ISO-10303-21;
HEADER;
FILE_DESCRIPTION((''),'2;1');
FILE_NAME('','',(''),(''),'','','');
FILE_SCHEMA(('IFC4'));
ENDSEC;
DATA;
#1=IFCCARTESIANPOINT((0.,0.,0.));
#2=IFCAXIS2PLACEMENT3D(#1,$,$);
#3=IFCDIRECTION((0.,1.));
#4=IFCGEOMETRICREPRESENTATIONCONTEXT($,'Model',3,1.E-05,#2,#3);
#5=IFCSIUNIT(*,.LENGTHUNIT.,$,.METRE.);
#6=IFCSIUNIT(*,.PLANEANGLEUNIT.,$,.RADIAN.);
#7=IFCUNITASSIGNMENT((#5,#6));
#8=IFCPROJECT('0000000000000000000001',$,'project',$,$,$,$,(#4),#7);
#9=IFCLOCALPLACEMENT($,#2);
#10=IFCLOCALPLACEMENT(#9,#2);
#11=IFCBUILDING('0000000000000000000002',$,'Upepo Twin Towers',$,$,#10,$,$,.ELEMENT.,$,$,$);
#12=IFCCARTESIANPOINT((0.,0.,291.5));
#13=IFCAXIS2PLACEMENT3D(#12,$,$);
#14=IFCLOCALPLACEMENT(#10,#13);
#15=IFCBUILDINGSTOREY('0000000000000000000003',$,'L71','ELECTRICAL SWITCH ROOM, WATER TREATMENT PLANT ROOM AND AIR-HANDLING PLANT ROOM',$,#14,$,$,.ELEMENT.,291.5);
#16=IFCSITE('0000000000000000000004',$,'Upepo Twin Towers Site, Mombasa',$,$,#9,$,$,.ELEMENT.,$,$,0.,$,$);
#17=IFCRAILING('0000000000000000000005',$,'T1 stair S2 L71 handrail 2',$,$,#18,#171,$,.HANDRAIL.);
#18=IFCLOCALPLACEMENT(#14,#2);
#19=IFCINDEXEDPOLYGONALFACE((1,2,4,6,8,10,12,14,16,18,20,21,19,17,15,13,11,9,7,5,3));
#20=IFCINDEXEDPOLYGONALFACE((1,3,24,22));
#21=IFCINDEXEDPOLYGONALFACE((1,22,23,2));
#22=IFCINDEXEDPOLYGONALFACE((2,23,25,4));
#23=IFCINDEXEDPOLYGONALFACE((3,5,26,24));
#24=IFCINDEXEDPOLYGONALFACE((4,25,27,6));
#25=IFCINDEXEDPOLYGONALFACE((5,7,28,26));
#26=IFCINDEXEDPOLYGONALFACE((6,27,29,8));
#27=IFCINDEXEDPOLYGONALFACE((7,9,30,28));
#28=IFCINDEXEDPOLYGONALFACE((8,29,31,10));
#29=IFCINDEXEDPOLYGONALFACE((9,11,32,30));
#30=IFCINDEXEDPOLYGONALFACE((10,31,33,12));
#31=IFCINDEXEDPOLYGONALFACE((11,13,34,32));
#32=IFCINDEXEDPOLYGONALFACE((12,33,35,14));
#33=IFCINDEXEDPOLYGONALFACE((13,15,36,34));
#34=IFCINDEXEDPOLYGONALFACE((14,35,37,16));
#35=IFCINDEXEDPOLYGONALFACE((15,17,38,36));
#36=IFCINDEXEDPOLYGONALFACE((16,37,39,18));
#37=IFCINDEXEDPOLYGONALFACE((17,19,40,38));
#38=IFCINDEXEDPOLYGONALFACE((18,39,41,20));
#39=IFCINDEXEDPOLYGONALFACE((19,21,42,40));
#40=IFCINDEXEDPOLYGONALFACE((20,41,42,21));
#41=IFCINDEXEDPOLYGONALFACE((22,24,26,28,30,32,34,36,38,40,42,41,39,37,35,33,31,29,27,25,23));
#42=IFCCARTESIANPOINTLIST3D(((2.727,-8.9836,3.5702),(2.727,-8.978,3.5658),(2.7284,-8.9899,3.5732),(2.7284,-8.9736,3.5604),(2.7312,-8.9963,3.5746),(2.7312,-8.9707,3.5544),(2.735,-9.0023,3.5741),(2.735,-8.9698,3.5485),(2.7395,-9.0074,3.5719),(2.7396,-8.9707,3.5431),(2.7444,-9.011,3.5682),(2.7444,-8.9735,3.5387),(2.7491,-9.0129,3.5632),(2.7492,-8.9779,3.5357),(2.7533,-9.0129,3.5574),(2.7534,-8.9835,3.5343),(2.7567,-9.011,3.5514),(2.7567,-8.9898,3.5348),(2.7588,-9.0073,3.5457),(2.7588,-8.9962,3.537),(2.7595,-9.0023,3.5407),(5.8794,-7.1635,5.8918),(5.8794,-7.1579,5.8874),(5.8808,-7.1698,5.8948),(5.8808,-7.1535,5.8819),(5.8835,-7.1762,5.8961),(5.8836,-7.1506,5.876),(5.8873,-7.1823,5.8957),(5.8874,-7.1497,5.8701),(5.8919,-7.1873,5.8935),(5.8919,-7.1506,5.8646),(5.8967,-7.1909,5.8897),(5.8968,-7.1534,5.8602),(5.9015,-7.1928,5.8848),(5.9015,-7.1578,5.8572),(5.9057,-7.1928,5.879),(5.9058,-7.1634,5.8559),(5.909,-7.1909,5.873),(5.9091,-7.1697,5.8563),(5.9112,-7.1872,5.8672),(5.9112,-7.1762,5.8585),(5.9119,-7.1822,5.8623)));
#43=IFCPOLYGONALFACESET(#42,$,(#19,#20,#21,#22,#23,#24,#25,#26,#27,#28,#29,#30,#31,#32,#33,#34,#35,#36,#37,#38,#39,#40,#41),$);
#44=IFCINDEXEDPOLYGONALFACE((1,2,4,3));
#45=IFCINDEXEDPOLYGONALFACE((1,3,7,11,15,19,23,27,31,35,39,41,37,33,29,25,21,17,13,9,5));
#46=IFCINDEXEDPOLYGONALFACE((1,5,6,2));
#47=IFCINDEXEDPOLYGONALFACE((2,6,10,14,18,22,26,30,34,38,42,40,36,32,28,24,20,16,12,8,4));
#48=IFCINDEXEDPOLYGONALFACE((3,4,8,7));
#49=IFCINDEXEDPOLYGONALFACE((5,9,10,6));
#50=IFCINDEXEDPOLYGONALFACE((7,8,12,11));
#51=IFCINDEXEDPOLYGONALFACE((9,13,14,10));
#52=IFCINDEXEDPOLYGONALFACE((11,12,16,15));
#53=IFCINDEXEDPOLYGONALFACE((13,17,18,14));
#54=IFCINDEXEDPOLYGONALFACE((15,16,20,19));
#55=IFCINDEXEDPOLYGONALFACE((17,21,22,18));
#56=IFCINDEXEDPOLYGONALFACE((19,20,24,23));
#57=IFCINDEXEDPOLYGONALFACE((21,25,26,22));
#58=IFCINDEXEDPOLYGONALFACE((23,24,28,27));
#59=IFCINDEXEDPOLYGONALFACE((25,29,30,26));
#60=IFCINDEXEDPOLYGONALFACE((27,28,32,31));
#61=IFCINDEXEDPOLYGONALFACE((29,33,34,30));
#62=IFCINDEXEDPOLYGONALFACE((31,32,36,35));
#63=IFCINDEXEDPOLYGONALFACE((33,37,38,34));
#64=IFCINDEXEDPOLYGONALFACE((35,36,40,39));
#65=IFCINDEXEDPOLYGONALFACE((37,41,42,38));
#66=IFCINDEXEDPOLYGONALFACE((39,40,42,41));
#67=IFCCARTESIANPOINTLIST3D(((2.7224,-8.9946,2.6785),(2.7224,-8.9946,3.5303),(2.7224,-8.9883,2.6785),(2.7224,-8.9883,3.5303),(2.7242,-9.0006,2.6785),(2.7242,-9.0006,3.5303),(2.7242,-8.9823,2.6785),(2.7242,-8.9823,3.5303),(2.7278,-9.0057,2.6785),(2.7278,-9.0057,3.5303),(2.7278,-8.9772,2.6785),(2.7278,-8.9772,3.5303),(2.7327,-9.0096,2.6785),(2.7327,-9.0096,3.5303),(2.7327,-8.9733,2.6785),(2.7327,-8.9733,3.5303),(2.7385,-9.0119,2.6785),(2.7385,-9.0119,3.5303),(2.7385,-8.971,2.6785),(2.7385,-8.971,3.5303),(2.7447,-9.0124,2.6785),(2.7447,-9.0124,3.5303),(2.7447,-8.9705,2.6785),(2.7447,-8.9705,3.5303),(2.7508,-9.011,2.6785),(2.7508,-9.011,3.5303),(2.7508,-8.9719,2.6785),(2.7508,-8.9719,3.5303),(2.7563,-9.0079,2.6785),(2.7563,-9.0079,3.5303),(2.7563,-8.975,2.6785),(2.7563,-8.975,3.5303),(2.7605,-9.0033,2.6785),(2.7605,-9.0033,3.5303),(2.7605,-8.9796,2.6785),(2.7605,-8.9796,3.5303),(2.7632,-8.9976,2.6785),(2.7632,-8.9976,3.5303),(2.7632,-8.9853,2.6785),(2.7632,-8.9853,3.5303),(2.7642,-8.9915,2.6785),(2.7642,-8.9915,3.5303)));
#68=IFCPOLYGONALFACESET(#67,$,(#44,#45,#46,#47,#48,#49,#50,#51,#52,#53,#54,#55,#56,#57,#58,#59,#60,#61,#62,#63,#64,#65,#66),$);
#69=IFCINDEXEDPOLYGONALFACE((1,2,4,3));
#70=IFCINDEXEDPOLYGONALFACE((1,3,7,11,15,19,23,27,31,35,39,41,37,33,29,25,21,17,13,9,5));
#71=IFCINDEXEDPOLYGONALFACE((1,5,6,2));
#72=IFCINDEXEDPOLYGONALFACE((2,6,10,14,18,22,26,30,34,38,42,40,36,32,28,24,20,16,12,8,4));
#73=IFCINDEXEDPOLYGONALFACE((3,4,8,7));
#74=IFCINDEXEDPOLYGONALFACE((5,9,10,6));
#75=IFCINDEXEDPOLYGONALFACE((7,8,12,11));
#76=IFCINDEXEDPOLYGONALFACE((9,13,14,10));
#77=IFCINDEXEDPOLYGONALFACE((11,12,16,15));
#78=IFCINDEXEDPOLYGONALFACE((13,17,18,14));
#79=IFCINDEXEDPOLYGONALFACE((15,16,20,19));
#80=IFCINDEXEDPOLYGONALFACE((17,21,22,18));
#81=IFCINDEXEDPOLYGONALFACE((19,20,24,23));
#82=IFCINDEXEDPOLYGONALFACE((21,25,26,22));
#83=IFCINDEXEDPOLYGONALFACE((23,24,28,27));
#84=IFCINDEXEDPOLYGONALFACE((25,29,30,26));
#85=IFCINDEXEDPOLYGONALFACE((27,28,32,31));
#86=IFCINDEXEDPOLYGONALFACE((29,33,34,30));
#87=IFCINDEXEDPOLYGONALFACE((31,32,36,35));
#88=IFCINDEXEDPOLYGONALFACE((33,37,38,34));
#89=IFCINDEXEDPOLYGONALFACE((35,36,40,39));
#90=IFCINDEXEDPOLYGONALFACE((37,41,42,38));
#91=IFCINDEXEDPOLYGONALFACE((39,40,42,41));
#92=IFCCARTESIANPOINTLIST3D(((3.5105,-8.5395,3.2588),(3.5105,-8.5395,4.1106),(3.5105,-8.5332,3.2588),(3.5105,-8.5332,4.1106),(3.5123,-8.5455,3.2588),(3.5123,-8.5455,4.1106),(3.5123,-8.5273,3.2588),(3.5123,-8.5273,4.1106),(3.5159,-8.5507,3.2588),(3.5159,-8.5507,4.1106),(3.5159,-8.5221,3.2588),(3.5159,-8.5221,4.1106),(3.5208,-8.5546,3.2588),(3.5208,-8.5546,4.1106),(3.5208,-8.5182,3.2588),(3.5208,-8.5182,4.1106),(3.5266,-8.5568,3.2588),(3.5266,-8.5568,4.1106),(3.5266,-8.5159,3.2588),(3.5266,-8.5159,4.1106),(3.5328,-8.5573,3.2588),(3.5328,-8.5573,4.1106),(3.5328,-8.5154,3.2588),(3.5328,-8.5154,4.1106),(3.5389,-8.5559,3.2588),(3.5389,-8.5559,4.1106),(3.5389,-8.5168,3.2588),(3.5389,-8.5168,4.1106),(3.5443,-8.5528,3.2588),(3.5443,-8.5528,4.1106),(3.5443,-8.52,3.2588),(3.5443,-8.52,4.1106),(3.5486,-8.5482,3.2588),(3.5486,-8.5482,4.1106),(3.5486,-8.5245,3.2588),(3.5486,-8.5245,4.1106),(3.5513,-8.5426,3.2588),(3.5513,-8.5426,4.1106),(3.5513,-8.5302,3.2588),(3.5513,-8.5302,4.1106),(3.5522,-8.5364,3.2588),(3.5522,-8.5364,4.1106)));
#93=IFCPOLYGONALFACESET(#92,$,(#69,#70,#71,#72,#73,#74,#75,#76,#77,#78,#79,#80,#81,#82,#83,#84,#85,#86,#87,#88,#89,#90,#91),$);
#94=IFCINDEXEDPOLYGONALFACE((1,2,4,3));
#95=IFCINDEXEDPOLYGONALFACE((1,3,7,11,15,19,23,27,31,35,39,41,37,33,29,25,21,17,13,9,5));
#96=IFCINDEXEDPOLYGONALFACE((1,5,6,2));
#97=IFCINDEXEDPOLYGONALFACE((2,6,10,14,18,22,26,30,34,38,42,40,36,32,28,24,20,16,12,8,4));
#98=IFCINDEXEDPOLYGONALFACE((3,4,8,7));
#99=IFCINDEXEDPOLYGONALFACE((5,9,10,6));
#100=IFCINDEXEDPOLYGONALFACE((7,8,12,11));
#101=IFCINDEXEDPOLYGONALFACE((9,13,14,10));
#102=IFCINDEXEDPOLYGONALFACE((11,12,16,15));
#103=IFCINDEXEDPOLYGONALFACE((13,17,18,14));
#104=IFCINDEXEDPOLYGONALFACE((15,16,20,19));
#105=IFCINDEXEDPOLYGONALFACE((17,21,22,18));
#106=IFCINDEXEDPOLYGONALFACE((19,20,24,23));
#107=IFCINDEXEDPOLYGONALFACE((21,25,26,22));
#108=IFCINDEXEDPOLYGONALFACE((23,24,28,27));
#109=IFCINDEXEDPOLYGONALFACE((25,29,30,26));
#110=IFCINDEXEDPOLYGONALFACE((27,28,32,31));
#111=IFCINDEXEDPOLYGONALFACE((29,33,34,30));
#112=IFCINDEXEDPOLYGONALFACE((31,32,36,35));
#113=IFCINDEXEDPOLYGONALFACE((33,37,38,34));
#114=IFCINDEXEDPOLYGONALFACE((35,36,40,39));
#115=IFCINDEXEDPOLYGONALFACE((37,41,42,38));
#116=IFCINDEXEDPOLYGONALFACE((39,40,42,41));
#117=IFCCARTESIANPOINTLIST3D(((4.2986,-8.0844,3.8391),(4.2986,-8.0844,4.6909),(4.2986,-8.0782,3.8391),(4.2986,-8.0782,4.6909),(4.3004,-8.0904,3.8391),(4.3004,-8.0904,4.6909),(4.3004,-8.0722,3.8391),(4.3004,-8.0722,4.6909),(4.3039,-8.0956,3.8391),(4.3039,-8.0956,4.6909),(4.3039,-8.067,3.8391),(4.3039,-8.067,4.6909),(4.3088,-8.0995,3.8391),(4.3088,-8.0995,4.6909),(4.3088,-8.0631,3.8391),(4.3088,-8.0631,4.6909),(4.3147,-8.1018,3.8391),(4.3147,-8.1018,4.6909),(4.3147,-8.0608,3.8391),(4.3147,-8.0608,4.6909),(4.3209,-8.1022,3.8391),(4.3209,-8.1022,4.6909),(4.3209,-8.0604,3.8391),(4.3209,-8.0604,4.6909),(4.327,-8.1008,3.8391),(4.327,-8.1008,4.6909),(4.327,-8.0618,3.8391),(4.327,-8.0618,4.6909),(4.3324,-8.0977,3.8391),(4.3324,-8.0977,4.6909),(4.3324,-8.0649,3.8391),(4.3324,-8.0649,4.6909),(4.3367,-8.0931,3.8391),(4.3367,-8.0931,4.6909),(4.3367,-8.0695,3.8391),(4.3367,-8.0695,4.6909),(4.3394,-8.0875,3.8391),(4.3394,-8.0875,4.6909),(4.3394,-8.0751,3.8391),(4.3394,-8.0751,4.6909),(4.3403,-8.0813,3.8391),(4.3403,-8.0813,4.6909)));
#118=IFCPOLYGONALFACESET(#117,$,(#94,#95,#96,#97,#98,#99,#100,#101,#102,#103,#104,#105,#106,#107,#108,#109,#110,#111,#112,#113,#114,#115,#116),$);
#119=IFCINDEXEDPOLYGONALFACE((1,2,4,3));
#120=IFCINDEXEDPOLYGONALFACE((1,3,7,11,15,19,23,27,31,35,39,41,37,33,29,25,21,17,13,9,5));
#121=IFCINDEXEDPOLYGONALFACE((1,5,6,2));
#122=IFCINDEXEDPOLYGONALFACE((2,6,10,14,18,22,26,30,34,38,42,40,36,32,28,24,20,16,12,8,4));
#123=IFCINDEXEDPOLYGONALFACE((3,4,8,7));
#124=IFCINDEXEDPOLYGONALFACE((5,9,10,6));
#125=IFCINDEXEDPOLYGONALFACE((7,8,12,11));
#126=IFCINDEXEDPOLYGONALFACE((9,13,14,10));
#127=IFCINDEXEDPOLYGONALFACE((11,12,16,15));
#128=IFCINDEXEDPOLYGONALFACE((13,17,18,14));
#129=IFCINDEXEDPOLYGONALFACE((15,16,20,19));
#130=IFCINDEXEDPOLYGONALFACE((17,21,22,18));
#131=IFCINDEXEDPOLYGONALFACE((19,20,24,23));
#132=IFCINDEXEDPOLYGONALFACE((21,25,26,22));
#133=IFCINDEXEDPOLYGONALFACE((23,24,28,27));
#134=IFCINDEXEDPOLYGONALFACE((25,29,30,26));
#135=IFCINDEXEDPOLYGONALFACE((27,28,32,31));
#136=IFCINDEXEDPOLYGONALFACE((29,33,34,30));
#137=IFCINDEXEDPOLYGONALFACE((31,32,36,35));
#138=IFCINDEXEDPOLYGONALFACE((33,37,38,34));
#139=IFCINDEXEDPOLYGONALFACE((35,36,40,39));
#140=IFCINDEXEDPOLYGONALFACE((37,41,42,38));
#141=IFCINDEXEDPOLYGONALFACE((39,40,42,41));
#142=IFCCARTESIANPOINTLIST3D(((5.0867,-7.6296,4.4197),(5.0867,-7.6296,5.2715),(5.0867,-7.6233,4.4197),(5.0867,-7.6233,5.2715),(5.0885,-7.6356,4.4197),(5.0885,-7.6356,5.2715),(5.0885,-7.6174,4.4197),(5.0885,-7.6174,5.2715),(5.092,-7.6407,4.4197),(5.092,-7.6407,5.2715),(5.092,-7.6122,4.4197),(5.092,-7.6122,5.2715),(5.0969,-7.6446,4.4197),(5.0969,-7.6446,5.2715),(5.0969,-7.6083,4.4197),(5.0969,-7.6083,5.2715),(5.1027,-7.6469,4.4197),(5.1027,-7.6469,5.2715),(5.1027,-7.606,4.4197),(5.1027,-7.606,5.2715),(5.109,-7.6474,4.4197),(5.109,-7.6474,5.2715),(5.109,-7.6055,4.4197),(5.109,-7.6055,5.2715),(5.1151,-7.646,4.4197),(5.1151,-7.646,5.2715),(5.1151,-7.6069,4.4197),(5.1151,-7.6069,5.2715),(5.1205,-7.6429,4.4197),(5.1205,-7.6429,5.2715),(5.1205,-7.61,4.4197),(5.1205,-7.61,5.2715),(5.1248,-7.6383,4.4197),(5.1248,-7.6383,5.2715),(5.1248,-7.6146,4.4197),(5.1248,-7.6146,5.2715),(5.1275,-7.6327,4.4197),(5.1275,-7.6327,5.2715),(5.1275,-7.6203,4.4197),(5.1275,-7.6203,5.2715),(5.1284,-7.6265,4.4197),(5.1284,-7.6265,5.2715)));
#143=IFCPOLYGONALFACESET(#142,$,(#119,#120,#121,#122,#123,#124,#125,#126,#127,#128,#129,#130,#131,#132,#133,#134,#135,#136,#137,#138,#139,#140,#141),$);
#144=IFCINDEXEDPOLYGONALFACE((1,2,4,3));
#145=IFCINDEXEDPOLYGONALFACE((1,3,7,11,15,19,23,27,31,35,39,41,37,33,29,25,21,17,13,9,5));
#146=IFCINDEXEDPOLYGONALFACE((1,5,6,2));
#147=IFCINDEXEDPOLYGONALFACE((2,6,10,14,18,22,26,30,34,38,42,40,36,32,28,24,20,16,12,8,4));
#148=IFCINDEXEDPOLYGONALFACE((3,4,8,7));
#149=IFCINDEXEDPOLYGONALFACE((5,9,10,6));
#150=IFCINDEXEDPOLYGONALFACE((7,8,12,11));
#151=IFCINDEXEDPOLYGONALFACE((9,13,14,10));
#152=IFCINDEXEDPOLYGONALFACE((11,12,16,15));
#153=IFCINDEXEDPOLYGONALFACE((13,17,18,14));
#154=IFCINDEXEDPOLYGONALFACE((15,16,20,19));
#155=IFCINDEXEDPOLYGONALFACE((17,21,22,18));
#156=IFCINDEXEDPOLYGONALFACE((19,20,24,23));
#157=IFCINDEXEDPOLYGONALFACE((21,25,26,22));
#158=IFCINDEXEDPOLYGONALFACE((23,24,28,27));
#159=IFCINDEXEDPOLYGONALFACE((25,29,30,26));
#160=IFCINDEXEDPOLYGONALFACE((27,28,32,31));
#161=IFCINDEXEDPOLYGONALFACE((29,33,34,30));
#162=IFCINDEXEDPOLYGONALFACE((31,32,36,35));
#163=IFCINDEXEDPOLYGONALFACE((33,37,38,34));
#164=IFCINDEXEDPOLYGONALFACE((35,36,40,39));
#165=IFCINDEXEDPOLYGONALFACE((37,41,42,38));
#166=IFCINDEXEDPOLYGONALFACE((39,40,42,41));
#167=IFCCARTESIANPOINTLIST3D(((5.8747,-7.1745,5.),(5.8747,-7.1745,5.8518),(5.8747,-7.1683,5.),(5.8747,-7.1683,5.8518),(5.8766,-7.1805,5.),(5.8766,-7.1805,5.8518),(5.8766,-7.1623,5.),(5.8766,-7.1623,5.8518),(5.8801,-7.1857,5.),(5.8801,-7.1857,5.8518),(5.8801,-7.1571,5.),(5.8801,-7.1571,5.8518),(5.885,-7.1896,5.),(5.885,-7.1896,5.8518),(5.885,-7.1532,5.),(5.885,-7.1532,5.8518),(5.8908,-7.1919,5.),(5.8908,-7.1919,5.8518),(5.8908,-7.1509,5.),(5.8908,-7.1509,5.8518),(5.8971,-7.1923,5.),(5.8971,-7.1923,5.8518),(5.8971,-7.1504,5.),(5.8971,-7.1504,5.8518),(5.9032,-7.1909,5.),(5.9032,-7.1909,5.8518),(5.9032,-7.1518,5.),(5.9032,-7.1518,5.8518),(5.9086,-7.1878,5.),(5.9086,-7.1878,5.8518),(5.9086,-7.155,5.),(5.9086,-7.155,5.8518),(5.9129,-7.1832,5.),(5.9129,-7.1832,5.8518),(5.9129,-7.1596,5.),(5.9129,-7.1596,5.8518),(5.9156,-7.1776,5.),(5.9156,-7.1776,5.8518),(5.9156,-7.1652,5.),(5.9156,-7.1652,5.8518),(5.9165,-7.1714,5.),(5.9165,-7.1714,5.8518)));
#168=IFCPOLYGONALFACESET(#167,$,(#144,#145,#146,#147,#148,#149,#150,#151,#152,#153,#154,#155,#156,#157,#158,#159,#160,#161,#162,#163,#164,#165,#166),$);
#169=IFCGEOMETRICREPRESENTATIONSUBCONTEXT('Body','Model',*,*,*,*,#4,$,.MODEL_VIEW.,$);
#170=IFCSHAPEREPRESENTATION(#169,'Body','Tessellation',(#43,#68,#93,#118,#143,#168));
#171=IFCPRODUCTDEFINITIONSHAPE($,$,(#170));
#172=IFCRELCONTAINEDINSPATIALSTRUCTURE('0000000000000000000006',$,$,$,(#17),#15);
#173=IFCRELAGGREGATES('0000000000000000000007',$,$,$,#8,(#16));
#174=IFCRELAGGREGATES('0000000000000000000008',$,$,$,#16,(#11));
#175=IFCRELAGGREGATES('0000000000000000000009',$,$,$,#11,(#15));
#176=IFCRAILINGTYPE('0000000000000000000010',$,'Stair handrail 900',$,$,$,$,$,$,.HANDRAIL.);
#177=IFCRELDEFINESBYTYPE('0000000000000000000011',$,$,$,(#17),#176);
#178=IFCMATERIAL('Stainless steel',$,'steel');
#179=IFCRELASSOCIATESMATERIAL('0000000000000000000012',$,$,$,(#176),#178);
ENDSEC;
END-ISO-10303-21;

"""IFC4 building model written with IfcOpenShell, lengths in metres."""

from ifc_helpers import new_model, si_unit, direction, frame, origin, origin_2d, place, context, subcontext, project, spatial, circle, extrude, material, type_object, element, save


model = new_model("IFC4")

# Units and contexts
model_context = context("Model", 3, precision=1e-05, world=origin(), true_north=direction((0.0, 1.0)))
body_context = subcontext(model_context, "Body", "Model", "MODEL_VIEW")
ifc_project = project(units=[si_unit("LENGTHUNIT", "METRE"), si_unit("PLANEANGLEUNIT", "RADIAN")], contexts=[model_context])

# Site, building, storey
site_placement = place(None, origin())
site = spatial("IfcSite", under=ifc_project, at=site_placement, Name="Upepo Twin Towers Site, Mombasa", CompositionType="ELEMENT", RefElevation=0.0)
building_placement = place(site_placement, origin())
building = spatial("IfcBuilding", under=site, at=building_placement, Name="Upepo Twin Towers", CompositionType="ELEMENT")
storey_placement = place(building_placement, frame((0.0, 0.0, 291.5)))
storey = spatial("IfcBuildingStorey", under=building, at=storey_placement, Name="L71", Description="ELECTRICAL SWITCH ROOM, WATER TREATMENT PLANT ROOM AND AIR-HANDLING PLANT ROOM", CompositionType="ELEMENT", Elevation=291.5)

# Railing
ifc_material_1 = material(Name="Stainless steel", Category="steel")
railing_type = type_object("IfcRailingType", Name="Stair handrail 900", PredefinedType="HANDRAIL", material=ifc_material_1)
railing_1_placement = place(storey_placement, frame((2.7432, -8.9915, 2.6785)))
element("IfcRailing", 1, at=railing_1_placement, inside=storey, type_object=railing_type, Name="T1 stair S2 L71 handrail 2", PredefinedType="HANDRAIL", context=body_context, shape_type="SweptSolid", body=[
    extrude(circle(Radius=0.0239, at=origin_2d()), frame((0.0, 0.0, 0.876), z_axis=(0.730159, 0.421572, 0.537723), x_axis=(-0.500013, 0.866018, 0.0)), (0.0, 0.0, 1.0), 4.3174),
    extrude(circle(Radius=0.021, at=origin_2d()), origin(), (0.0, 0.0, 1.0), 0.8518),
    extrude(circle(Radius=0.021, at=origin_2d()), frame((0.7881, 0.4551, 0.5803)), (0.0, 0.0, 1.0), 0.8518),
    extrude(circle(Radius=0.021, at=origin_2d()), frame((1.5762, 0.9102, 1.1606)), (0.0, 0.0, 1.0), 0.8518),
    extrude(circle(Radius=0.021, at=origin_2d()), frame((2.3643, 1.365, 1.7412)), (0.0, 0.0, 1.0), 0.8518),
    extrude(circle(Radius=0.021, at=origin_2d()), frame((3.1523, 1.8201, 2.3215)), (0.0, 0.0, 1.0), 0.8518),
])

save(model, "model.ifc")
